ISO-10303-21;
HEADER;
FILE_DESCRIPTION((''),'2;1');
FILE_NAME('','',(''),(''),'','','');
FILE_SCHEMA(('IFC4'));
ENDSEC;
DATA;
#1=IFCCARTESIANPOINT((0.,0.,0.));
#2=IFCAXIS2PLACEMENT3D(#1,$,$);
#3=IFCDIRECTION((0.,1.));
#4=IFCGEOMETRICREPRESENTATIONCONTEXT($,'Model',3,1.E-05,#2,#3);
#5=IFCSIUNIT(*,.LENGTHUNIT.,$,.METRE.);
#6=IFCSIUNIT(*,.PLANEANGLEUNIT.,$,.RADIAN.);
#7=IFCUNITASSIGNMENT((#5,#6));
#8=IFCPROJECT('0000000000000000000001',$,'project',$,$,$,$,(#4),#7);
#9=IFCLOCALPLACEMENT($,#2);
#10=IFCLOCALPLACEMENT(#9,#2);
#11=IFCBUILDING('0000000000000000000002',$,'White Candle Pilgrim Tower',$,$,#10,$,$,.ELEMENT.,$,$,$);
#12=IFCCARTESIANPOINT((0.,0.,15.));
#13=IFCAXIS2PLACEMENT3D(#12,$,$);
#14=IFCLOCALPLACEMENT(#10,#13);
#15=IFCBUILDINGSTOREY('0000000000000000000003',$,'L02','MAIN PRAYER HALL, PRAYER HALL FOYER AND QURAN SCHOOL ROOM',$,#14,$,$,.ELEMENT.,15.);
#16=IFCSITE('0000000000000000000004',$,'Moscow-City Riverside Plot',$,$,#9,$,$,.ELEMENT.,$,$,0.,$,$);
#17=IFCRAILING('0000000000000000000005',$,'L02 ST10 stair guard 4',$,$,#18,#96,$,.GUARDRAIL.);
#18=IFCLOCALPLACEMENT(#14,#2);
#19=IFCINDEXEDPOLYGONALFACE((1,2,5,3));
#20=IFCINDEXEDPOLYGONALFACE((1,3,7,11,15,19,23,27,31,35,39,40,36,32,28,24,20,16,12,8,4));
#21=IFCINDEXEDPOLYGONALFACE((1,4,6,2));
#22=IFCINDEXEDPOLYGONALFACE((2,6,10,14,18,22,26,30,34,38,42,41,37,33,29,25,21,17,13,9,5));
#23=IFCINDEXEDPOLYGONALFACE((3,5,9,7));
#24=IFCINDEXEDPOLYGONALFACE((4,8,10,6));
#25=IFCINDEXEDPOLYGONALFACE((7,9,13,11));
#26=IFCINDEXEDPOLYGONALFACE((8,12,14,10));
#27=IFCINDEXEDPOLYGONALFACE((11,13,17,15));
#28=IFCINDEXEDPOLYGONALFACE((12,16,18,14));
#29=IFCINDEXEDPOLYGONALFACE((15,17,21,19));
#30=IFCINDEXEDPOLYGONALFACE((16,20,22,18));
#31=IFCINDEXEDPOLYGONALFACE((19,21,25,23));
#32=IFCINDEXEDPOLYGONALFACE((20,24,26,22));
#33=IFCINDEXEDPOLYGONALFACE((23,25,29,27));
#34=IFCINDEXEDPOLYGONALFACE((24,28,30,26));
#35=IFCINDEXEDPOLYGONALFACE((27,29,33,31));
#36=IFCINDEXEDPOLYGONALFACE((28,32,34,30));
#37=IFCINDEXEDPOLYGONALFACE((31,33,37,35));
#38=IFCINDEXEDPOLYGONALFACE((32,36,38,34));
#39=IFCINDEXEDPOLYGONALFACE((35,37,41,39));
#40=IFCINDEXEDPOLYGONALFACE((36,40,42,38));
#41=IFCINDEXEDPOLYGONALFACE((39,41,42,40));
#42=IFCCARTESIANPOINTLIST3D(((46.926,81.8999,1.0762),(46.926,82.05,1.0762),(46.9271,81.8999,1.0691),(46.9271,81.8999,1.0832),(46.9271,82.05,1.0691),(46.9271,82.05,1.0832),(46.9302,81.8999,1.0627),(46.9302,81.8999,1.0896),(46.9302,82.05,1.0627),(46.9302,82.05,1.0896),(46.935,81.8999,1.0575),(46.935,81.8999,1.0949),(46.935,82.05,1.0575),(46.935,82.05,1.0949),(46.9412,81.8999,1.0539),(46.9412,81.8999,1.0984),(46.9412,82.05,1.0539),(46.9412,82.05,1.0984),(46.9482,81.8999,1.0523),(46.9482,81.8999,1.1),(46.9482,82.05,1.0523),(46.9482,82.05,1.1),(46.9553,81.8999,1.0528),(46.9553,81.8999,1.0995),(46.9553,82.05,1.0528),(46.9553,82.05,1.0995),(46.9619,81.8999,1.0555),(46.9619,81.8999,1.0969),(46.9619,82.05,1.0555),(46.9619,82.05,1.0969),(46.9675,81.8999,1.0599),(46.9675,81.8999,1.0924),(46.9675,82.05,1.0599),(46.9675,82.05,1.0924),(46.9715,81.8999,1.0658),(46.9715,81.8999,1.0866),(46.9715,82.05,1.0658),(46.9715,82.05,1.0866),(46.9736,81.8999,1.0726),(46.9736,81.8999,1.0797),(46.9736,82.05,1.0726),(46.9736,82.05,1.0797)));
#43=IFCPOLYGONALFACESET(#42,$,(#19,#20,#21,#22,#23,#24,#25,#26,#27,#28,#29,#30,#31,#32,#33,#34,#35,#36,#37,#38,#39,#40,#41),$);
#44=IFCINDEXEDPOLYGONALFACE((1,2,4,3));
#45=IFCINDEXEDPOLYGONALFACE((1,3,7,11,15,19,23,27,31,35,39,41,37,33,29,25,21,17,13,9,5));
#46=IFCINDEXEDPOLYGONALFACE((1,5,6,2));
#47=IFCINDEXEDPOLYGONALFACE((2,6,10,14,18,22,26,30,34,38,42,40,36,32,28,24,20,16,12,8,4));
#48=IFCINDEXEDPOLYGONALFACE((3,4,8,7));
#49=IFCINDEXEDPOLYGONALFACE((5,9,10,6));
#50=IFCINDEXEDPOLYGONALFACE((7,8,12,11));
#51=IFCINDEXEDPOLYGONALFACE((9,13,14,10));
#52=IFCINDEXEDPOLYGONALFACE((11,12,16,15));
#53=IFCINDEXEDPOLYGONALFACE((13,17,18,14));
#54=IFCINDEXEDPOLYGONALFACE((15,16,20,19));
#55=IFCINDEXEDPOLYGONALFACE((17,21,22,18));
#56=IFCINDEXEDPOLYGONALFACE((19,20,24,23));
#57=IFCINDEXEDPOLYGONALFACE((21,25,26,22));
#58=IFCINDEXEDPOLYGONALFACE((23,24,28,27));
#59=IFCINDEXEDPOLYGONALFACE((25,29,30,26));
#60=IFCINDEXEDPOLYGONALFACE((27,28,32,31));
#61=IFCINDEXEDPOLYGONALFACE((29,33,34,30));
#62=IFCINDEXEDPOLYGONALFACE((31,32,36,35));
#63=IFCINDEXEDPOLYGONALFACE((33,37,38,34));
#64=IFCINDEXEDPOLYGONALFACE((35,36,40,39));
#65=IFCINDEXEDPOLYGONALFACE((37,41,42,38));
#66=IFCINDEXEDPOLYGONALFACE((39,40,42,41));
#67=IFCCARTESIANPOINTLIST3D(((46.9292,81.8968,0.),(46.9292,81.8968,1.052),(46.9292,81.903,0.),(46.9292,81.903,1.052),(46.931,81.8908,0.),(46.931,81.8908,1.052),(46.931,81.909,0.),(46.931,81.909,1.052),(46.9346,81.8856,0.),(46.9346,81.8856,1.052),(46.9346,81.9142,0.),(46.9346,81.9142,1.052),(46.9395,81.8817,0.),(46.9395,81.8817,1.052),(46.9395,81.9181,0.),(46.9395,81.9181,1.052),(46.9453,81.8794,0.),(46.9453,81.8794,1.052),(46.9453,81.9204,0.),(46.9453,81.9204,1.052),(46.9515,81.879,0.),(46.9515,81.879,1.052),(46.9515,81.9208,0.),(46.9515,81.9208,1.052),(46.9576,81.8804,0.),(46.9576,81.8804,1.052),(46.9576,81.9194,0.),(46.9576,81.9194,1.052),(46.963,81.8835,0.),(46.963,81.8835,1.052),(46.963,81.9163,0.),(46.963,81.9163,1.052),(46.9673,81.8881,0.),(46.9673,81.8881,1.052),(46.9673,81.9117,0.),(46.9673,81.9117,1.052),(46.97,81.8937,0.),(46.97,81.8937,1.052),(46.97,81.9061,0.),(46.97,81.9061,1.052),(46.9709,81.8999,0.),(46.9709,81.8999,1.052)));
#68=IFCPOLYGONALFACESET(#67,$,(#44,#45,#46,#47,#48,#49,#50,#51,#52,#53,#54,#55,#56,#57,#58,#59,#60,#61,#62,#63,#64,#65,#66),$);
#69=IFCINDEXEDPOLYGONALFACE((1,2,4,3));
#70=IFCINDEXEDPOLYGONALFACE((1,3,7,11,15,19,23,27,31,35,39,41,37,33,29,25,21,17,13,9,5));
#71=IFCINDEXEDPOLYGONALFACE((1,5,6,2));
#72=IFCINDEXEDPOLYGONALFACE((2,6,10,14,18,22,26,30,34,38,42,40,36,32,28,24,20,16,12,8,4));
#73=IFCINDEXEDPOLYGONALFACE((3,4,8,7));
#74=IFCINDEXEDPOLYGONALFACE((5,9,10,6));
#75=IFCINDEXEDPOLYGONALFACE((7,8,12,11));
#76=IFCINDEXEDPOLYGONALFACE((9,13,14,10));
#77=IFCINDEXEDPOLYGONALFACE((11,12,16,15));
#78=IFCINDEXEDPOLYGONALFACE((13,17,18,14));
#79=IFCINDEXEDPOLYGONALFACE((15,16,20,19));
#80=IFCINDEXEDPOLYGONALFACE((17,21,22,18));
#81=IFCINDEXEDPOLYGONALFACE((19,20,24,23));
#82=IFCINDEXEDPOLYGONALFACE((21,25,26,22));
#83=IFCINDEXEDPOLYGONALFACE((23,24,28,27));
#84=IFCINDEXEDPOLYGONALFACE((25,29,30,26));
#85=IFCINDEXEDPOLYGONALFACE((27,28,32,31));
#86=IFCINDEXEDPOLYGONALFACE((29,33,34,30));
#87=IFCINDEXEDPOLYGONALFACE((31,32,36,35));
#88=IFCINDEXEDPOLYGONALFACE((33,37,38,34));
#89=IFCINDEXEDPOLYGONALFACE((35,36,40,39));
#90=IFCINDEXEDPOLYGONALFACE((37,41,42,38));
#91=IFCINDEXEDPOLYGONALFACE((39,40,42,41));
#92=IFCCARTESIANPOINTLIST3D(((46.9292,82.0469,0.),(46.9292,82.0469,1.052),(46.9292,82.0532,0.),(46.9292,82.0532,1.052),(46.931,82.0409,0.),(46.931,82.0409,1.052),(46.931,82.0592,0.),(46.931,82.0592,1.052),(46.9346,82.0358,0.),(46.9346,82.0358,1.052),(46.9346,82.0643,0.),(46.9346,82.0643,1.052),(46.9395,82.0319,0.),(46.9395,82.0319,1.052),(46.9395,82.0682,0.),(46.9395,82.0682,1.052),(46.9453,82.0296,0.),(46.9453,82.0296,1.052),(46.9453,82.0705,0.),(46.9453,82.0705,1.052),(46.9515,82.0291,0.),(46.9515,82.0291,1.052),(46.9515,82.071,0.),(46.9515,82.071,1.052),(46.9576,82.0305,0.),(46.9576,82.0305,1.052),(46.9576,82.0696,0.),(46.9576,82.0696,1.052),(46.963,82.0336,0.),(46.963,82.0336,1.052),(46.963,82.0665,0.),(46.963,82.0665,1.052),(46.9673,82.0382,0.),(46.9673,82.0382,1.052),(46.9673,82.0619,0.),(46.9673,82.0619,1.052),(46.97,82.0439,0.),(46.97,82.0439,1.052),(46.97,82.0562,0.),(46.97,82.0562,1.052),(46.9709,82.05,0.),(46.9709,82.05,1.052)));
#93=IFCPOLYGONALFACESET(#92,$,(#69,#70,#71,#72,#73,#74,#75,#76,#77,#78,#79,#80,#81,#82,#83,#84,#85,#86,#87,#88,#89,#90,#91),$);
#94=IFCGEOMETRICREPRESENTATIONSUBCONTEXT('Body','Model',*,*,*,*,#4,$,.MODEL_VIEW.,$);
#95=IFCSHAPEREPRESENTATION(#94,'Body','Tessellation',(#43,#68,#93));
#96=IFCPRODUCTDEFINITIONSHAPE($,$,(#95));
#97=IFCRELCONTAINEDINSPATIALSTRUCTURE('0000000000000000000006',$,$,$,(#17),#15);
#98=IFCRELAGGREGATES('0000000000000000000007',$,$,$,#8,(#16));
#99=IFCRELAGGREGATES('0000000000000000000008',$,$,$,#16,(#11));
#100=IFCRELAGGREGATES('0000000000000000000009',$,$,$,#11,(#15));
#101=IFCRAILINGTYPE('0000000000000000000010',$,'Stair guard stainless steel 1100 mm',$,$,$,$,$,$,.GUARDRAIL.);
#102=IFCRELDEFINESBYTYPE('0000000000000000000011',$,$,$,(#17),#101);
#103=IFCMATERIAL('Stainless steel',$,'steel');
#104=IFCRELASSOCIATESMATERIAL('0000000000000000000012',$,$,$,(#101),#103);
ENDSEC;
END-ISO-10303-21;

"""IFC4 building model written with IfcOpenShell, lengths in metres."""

from ifc_helpers import new_model, si_unit, direction, frame, origin, origin_2d, place, context, subcontext, project, spatial, circle, extrude, material, type_object, element, save


model = new_model("IFC4")

# Units and contexts
model_context = context("Model", 3, precision=1e-05, world=origin(), true_north=direction((0.0, 1.0)))
body_context = subcontext(model_context, "Body", "Model", "MODEL_VIEW")
ifc_project = project(units=[si_unit("LENGTHUNIT", "METRE"), si_unit("PLANEANGLEUNIT", "RADIAN")], contexts=[model_context])

# Site, building, storey
site_placement = place(None, origin())
site = spatial("IfcSite", under=ifc_project, at=site_placement, Name="Moscow-City Riverside Plot", CompositionType="ELEMENT", RefElevation=0.0)
building_placement = place(site_placement, origin())
building = spatial("IfcBuilding", under=site, at=building_placement, Name="White Candle Pilgrim Tower", CompositionType="ELEMENT")
storey_placement = place(building_placement, frame((0.0, 0.0, 15.0)))
storey = spatial("IfcBuildingStorey", under=building, at=storey_placement, Name="L02", Description="MAIN PRAYER HALL, PRAYER HALL FOYER AND QURAN SCHOOL ROOM", CompositionType="ELEMENT", Elevation=15.0)

# Railing
ifc_material_1 = material(Name="Stainless steel", Category="steel")
railing_type_1 = type_object("IfcRailingType", Name="Stair guard stainless steel 1100 mm", PredefinedType="GUARDRAIL", material=ifc_material_1)
railing_1_placement = place(storey_placement, frame((46.95, 81.8999, 0.0)))
element("IfcRailing", 1, at=railing_1_placement, inside=storey, type_object=railing_type_1, Name="L02 ST10 stair guard 4", PredefinedType="GUARDRAIL", context=body_context, shape_type="SweptSolid", body=[
    extrude(circle(Radius=0.0239, at=origin_2d()), frame((0.0, 0.0, 1.0762), z_axis=(0.0, 1.0, 0.0), x_axis=(-1.0, 0.0, 0.0)), (0.0, 0.0, 1.0), 0.1501),
    extrude(circle(Radius=0.021, at=origin_2d()), origin(), (0.0, 0.0, 1.0), 1.052),
    extrude(circle(Radius=0.021, at=origin_2d()), frame((0.0, 0.1501, 0.0)), (0.0, 0.0, 1.0), 1.052),
])

save(model, "model.ifc")
